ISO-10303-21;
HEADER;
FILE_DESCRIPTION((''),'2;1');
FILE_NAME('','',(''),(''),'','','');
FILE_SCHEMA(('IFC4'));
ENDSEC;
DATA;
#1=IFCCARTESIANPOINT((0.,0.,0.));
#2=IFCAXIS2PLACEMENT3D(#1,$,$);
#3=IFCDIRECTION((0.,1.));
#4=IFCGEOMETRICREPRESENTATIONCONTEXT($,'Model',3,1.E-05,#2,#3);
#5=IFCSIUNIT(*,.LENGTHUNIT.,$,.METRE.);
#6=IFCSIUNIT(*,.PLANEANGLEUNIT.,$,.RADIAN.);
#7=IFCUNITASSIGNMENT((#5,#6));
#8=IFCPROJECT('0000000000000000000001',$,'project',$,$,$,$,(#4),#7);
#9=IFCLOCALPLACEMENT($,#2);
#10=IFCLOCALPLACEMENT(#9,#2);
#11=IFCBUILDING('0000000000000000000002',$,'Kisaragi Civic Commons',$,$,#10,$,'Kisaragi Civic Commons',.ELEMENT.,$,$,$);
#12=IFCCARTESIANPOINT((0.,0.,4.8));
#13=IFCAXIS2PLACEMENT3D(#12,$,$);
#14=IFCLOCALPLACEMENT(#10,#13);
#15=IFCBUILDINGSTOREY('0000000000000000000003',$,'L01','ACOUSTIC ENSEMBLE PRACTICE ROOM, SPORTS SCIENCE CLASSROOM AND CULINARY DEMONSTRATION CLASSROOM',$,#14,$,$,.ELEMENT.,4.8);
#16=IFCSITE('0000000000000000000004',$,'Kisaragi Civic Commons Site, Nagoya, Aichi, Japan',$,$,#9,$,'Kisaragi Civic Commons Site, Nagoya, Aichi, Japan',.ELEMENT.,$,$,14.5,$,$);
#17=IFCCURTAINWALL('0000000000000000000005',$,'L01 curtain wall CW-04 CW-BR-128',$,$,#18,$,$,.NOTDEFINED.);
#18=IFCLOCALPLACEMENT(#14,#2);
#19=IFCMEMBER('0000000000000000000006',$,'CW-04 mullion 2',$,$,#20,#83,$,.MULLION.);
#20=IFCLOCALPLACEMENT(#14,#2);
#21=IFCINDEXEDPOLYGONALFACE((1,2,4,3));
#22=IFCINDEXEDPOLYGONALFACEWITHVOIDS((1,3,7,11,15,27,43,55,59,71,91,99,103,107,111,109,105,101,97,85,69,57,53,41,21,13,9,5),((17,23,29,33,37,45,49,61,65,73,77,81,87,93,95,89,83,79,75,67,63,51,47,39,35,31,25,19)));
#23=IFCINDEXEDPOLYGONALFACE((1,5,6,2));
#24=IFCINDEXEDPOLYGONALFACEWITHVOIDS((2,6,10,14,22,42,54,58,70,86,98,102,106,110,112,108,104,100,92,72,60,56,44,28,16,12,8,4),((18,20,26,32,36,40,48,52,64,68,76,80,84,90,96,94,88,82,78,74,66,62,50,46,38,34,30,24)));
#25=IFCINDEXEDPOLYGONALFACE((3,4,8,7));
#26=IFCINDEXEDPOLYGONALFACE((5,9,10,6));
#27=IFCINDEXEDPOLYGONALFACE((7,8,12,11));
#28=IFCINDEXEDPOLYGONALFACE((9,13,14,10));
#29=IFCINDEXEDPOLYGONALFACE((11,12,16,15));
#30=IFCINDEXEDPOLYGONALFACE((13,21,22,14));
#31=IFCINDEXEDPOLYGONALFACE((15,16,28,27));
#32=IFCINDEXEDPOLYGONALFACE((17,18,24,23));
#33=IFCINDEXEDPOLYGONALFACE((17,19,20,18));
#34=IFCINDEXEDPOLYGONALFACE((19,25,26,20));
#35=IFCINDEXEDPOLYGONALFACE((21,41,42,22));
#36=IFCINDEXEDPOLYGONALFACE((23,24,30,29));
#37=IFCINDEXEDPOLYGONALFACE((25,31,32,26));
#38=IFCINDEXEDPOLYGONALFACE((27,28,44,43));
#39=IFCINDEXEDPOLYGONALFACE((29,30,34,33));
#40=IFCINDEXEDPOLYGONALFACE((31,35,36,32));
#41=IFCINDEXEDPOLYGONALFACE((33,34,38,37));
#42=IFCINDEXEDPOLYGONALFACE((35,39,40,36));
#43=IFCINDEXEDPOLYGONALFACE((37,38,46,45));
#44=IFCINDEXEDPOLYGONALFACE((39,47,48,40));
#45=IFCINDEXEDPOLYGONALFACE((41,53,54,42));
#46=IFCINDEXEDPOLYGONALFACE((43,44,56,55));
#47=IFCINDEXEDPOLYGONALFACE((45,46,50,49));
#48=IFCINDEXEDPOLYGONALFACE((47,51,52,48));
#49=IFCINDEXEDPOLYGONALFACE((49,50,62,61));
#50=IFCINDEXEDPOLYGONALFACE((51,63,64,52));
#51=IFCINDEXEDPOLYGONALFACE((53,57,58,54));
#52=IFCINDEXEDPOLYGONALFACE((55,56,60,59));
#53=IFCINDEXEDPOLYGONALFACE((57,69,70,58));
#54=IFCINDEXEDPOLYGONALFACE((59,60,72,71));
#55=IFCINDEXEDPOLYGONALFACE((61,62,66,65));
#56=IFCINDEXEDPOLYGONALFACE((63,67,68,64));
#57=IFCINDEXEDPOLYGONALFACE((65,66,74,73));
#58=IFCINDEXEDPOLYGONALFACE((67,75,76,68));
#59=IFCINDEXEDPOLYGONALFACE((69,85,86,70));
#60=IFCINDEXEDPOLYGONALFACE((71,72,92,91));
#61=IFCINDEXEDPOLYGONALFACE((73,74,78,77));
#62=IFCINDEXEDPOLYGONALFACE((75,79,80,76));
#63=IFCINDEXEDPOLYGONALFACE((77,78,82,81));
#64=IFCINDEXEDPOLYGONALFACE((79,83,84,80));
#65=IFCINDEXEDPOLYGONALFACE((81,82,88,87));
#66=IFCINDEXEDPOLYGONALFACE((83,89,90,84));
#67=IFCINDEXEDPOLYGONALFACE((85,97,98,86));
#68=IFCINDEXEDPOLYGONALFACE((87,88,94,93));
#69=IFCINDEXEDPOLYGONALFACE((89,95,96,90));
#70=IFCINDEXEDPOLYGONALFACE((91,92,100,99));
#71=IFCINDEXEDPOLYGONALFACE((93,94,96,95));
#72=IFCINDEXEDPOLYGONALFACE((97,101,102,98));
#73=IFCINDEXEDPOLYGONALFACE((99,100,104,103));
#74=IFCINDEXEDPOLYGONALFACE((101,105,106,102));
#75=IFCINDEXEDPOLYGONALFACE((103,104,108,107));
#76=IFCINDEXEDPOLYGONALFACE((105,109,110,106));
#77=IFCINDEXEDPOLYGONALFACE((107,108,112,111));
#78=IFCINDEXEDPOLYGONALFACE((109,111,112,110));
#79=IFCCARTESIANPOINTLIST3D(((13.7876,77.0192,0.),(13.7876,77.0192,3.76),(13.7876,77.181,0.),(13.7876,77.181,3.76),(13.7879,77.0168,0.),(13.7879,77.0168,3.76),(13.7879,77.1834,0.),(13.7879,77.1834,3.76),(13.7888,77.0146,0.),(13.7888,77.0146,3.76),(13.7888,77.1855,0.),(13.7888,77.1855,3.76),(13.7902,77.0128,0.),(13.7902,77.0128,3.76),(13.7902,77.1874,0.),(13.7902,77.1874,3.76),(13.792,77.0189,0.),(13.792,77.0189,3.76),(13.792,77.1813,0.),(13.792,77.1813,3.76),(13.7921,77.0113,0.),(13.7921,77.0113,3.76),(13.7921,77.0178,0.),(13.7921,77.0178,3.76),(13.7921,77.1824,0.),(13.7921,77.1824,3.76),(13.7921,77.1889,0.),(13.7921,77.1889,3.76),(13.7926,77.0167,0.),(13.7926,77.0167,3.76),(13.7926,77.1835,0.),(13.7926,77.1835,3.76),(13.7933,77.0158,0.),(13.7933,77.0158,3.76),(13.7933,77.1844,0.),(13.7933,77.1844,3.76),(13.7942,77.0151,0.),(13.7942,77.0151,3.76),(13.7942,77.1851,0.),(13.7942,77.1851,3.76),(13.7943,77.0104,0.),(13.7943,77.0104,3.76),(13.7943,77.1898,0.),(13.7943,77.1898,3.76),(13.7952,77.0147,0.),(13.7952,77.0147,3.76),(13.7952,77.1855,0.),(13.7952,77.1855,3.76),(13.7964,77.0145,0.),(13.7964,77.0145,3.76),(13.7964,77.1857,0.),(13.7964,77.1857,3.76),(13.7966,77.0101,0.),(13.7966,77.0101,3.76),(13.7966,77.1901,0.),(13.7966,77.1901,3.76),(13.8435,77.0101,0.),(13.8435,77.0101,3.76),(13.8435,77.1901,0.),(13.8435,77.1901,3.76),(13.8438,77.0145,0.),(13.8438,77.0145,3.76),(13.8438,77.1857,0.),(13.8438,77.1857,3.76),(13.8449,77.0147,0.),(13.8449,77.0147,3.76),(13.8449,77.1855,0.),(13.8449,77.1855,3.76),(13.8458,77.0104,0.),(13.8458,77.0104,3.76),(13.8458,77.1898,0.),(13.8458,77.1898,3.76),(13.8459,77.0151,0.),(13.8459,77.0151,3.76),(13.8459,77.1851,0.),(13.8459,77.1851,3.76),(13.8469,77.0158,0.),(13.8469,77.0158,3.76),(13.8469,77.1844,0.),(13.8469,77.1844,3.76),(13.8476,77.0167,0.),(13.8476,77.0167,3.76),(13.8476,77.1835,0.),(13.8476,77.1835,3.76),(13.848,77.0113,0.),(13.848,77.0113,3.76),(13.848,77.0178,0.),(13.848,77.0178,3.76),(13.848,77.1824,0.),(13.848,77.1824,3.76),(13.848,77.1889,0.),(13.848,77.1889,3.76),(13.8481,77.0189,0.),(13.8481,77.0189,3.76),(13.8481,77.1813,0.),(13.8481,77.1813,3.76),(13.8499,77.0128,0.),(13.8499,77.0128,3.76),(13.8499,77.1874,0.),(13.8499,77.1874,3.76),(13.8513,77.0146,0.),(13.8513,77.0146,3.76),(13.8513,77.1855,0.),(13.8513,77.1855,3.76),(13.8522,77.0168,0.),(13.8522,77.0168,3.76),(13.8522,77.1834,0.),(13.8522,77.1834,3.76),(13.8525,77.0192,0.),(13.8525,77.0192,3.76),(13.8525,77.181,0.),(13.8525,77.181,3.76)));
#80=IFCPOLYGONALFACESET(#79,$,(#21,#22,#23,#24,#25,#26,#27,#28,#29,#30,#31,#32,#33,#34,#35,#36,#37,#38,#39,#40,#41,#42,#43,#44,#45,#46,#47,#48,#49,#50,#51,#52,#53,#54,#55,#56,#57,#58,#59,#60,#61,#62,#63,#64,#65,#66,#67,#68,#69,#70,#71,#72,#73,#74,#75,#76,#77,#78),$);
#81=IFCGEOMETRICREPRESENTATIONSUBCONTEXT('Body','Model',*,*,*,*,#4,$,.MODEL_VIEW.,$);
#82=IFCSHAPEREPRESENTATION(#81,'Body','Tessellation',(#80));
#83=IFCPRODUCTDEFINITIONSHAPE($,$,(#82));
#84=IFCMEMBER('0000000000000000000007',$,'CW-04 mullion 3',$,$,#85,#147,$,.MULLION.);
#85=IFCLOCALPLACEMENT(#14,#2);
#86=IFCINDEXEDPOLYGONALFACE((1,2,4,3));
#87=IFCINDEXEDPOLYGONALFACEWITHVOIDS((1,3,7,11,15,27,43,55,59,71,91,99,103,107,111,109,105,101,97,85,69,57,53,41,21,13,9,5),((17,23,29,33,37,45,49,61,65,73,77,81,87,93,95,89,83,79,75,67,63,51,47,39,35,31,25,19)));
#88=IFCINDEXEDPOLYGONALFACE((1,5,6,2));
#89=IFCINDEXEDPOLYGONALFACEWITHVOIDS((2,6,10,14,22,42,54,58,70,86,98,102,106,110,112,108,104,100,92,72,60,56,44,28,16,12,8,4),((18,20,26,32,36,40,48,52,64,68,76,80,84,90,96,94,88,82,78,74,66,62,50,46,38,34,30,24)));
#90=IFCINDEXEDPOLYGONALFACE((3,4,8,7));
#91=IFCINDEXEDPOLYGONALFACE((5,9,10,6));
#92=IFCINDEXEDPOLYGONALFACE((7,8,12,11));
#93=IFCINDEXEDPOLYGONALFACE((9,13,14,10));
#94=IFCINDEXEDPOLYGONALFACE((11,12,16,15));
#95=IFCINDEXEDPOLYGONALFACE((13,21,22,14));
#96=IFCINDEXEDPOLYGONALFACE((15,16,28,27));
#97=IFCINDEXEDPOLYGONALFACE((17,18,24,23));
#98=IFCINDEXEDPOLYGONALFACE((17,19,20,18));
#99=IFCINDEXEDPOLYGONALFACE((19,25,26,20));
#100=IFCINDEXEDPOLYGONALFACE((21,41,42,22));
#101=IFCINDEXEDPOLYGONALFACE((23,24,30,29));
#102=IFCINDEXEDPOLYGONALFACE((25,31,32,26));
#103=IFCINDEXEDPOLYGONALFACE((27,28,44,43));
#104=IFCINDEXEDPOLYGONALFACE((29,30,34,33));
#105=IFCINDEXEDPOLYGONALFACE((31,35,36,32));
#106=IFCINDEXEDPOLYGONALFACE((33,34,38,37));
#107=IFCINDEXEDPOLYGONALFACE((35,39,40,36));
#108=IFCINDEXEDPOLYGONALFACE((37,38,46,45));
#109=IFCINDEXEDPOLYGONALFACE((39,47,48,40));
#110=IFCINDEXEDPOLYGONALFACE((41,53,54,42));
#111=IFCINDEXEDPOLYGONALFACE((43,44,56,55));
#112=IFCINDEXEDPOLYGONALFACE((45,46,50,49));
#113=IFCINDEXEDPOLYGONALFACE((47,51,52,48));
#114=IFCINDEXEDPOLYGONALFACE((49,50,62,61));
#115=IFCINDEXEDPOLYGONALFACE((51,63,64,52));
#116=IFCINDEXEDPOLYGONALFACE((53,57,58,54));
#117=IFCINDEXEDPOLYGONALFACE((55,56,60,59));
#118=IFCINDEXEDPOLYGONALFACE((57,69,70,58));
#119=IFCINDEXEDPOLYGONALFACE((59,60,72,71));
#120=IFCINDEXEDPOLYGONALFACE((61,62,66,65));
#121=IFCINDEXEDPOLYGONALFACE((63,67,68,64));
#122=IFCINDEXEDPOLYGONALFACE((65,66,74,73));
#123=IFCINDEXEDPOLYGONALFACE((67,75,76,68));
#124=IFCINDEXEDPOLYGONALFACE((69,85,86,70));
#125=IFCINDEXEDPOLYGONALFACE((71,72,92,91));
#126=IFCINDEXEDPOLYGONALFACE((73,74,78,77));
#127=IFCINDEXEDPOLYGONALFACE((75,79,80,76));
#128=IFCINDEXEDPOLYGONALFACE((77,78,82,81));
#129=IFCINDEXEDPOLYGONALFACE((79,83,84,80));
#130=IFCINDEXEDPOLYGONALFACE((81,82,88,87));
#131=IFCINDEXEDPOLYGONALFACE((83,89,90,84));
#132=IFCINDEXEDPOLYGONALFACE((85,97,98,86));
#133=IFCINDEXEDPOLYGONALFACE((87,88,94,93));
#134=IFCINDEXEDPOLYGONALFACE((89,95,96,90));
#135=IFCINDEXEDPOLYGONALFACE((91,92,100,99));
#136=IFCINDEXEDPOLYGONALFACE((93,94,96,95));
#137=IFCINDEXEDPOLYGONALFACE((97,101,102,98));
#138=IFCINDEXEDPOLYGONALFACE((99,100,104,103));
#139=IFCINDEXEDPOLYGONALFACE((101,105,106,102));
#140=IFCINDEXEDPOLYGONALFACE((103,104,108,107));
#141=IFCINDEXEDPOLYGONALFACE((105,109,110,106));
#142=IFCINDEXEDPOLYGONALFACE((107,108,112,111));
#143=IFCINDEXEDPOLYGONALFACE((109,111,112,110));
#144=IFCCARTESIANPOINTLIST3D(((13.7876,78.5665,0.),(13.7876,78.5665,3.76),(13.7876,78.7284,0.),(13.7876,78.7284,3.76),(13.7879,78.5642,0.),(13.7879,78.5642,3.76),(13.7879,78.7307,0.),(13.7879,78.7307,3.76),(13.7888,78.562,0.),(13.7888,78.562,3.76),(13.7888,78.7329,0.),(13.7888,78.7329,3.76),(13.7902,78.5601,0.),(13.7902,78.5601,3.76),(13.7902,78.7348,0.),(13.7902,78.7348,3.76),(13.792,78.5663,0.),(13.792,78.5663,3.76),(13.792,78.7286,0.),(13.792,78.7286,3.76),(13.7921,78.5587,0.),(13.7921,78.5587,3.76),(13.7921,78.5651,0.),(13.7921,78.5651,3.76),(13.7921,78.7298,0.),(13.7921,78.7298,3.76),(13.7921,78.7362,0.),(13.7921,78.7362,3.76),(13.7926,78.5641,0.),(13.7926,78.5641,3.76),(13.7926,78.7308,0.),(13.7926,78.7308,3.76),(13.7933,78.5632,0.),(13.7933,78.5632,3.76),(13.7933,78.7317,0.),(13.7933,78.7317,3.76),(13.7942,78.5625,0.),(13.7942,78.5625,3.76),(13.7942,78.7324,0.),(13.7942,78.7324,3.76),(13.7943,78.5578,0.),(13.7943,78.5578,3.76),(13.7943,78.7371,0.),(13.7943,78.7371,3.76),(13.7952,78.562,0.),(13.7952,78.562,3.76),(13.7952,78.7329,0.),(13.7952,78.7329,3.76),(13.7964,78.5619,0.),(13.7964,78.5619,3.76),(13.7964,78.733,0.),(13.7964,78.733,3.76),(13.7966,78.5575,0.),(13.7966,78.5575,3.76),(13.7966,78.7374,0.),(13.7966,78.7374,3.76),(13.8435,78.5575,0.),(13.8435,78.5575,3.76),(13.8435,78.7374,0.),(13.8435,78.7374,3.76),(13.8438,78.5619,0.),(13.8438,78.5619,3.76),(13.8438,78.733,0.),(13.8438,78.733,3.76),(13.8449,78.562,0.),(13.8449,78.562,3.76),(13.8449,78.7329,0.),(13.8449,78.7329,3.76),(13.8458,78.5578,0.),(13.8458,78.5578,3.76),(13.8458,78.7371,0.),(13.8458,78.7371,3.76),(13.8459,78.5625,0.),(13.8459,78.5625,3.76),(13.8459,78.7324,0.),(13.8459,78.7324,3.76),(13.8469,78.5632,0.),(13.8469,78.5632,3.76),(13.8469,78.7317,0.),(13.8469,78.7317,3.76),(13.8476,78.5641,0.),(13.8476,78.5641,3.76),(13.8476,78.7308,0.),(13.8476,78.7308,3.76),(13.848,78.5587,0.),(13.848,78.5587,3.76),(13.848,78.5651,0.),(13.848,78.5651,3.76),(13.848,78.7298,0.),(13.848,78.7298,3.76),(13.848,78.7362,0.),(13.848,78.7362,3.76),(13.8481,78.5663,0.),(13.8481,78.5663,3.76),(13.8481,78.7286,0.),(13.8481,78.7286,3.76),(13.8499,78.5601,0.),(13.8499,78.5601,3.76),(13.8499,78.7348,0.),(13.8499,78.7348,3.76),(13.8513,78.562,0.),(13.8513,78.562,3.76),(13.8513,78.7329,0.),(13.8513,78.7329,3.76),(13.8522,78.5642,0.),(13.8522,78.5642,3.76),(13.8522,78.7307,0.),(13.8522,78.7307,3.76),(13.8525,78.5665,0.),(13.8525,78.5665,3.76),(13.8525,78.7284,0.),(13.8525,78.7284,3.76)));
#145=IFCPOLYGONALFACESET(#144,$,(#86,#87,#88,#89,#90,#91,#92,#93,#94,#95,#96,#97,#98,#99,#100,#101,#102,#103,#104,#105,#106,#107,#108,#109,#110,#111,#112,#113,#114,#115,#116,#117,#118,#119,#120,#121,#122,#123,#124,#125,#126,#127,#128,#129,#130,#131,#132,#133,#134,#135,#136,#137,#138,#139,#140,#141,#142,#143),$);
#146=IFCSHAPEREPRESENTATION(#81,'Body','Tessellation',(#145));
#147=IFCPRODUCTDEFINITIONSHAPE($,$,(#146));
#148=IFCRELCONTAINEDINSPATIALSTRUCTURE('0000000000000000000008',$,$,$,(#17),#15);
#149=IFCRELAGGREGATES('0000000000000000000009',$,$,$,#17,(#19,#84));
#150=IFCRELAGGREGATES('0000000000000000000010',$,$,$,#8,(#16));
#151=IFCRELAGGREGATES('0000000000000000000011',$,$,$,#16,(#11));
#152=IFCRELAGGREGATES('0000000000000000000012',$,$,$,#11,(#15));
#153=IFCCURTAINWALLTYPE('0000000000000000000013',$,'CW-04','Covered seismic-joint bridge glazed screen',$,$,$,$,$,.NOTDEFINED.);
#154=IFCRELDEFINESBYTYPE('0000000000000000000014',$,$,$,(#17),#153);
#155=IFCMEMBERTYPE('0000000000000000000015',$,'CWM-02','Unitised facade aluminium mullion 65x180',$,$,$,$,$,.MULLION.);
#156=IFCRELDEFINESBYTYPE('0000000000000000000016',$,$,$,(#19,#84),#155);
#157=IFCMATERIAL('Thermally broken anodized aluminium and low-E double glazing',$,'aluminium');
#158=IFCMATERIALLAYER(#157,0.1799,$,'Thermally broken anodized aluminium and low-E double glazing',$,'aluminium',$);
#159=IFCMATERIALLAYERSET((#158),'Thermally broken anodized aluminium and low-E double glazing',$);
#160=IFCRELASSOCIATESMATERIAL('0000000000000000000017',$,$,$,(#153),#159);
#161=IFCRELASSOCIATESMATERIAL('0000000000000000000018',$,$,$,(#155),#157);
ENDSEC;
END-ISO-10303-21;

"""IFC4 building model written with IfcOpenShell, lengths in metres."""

from ifc_helpers import new_model, si_unit, direction, frame, origin, origin_2d, place, context, subcontext, project, spatial, hollow_rectangle, extrude, material, layer, layer_set, material_profile, profile_set, type_object, element, aggregate, save


model = new_model("IFC4")

# Units and contexts
model_context = context("Model", 3, precision=1e-05, world=origin(), true_north=direction((0.0, 1.0)))
body_context = subcontext(model_context, "Body", "Model", "MODEL_VIEW")
ifc_project = project(units=[si_unit("LENGTHUNIT", "METRE"), si_unit("PLANEANGLEUNIT", "RADIAN")], contexts=[model_context])

# Site, building, storey
site_placement = place(None, origin())
site = spatial("IfcSite", under=ifc_project, at=site_placement, Name="Kisaragi Civic Commons Site, Nagoya, Aichi, Japan", LongName="Kisaragi Civic Commons Site, Nagoya, Aichi, Japan", CompositionType="ELEMENT", RefElevation=14.5)
building_placement = place(site_placement, origin())
building = spatial("IfcBuilding", under=site, at=building_placement, Name="Kisaragi Civic Commons", LongName="Kisaragi Civic Commons", CompositionType="ELEMENT")
storey_placement = place(building_placement, frame((0.0, 0.0, 4.8)))
storey = spatial("IfcBuildingStorey", under=building, at=storey_placement, Name="L01", Description="ACOUSTIC ENSEMBLE PRACTICE ROOM, SPORTS SCIENCE CLASSROOM AND CULINARY DEMONSTRATION CLASSROOM", CompositionType="ELEMENT", Elevation=4.8)

# Curtain wall, members
ifc_material_1 = material(Name="Thermally broken anodized aluminium and low-E double glazing", Category="aluminium")
ifc_layer_1 = layer(ifc_material_1, 0.1799, Name="Thermally broken anodized aluminium and low-E double glazing", Category="aluminium")
ifc_layer_set_1 = layer_set([ifc_layer_1], Name="Thermally broken anodized aluminium and low-E double glazing")
curtain_wall_type = type_object("IfcCurtainWallType", Name="CW-04", Description="Covered seismic-joint bridge glazed screen", PredefinedType="NOTDEFINED", material=ifc_layer_set_1)
curtain_wall_1_placement = place(storey_placement, origin())
curtain_wall_1 = element("IfcCurtainWall", 1, at=curtain_wall_1_placement, inside=storey, type_object=curtain_wall_type, Name="L01 curtain wall CW-04 CW-BR-128", PredefinedType="NOTDEFINED")
ifc_material_profile_1 = material_profile(ifc_material_1, hollow_rectangle(XDim=0.0649, YDim=0.1799, WallThickness=0.0044, InnerFilletRadius=0.0044, OuterFilletRadius=0.009, at=origin_2d()), Name="CWM-65x180x4.5", Category="aluminium")
ifc_profile_set_1 = profile_set([ifc_material_profile_1], Name="Thermally broken anodized aluminium and low-E double glazing")
member_type_1 = type_object("IfcMemberType", Name="CWM-02", Description="Unitised facade aluminium mullion 65x180", PredefinedType="MULLION", material=ifc_profile_set_1)
member_1_placement = place(storey_placement, frame((13.8201, 77.1001, 0.0), z_axis=(0.0, 0.0, 1.0), x_axis=(-1.0, 0.0, 0.0)))
member_1 = element("IfcMember", 2, at=member_1_placement, type_object=member_type_1, Name="CW-04 mullion 2", PredefinedType="MULLION", context=body_context, shape_type="SweptSolid", body=[
    extrude(hollow_rectangle(XDim=0.0649, YDim=0.1799, WallThickness=0.0044, InnerFilletRadius=0.0044, OuterFilletRadius=0.009, at=origin_2d()), origin(), (0.0, 0.0, 1.0), 3.76),
])
member_2_placement = place(storey_placement, frame((13.8201, 78.6475, 0.0), z_axis=(0.0, 0.0, 1.0), x_axis=(-1.0, 0.0, 0.0)))
member_2 = element("IfcMember", 3, at=member_2_placement, type_object=member_type_1, Name="CW-04 mullion 3", PredefinedType="MULLION", context=body_context, shape_type="SweptSolid", body=[
    extrude(hollow_rectangle(XDim=0.0649, YDim=0.1799, WallThickness=0.0044, InnerFilletRadius=0.0044, OuterFilletRadius=0.009, at=origin_2d()), origin(), (0.0, 0.0, 1.0), 3.76),
])

aggregate(curtain_wall_1, [member_1, member_2])

save(model, "model.ifc")
